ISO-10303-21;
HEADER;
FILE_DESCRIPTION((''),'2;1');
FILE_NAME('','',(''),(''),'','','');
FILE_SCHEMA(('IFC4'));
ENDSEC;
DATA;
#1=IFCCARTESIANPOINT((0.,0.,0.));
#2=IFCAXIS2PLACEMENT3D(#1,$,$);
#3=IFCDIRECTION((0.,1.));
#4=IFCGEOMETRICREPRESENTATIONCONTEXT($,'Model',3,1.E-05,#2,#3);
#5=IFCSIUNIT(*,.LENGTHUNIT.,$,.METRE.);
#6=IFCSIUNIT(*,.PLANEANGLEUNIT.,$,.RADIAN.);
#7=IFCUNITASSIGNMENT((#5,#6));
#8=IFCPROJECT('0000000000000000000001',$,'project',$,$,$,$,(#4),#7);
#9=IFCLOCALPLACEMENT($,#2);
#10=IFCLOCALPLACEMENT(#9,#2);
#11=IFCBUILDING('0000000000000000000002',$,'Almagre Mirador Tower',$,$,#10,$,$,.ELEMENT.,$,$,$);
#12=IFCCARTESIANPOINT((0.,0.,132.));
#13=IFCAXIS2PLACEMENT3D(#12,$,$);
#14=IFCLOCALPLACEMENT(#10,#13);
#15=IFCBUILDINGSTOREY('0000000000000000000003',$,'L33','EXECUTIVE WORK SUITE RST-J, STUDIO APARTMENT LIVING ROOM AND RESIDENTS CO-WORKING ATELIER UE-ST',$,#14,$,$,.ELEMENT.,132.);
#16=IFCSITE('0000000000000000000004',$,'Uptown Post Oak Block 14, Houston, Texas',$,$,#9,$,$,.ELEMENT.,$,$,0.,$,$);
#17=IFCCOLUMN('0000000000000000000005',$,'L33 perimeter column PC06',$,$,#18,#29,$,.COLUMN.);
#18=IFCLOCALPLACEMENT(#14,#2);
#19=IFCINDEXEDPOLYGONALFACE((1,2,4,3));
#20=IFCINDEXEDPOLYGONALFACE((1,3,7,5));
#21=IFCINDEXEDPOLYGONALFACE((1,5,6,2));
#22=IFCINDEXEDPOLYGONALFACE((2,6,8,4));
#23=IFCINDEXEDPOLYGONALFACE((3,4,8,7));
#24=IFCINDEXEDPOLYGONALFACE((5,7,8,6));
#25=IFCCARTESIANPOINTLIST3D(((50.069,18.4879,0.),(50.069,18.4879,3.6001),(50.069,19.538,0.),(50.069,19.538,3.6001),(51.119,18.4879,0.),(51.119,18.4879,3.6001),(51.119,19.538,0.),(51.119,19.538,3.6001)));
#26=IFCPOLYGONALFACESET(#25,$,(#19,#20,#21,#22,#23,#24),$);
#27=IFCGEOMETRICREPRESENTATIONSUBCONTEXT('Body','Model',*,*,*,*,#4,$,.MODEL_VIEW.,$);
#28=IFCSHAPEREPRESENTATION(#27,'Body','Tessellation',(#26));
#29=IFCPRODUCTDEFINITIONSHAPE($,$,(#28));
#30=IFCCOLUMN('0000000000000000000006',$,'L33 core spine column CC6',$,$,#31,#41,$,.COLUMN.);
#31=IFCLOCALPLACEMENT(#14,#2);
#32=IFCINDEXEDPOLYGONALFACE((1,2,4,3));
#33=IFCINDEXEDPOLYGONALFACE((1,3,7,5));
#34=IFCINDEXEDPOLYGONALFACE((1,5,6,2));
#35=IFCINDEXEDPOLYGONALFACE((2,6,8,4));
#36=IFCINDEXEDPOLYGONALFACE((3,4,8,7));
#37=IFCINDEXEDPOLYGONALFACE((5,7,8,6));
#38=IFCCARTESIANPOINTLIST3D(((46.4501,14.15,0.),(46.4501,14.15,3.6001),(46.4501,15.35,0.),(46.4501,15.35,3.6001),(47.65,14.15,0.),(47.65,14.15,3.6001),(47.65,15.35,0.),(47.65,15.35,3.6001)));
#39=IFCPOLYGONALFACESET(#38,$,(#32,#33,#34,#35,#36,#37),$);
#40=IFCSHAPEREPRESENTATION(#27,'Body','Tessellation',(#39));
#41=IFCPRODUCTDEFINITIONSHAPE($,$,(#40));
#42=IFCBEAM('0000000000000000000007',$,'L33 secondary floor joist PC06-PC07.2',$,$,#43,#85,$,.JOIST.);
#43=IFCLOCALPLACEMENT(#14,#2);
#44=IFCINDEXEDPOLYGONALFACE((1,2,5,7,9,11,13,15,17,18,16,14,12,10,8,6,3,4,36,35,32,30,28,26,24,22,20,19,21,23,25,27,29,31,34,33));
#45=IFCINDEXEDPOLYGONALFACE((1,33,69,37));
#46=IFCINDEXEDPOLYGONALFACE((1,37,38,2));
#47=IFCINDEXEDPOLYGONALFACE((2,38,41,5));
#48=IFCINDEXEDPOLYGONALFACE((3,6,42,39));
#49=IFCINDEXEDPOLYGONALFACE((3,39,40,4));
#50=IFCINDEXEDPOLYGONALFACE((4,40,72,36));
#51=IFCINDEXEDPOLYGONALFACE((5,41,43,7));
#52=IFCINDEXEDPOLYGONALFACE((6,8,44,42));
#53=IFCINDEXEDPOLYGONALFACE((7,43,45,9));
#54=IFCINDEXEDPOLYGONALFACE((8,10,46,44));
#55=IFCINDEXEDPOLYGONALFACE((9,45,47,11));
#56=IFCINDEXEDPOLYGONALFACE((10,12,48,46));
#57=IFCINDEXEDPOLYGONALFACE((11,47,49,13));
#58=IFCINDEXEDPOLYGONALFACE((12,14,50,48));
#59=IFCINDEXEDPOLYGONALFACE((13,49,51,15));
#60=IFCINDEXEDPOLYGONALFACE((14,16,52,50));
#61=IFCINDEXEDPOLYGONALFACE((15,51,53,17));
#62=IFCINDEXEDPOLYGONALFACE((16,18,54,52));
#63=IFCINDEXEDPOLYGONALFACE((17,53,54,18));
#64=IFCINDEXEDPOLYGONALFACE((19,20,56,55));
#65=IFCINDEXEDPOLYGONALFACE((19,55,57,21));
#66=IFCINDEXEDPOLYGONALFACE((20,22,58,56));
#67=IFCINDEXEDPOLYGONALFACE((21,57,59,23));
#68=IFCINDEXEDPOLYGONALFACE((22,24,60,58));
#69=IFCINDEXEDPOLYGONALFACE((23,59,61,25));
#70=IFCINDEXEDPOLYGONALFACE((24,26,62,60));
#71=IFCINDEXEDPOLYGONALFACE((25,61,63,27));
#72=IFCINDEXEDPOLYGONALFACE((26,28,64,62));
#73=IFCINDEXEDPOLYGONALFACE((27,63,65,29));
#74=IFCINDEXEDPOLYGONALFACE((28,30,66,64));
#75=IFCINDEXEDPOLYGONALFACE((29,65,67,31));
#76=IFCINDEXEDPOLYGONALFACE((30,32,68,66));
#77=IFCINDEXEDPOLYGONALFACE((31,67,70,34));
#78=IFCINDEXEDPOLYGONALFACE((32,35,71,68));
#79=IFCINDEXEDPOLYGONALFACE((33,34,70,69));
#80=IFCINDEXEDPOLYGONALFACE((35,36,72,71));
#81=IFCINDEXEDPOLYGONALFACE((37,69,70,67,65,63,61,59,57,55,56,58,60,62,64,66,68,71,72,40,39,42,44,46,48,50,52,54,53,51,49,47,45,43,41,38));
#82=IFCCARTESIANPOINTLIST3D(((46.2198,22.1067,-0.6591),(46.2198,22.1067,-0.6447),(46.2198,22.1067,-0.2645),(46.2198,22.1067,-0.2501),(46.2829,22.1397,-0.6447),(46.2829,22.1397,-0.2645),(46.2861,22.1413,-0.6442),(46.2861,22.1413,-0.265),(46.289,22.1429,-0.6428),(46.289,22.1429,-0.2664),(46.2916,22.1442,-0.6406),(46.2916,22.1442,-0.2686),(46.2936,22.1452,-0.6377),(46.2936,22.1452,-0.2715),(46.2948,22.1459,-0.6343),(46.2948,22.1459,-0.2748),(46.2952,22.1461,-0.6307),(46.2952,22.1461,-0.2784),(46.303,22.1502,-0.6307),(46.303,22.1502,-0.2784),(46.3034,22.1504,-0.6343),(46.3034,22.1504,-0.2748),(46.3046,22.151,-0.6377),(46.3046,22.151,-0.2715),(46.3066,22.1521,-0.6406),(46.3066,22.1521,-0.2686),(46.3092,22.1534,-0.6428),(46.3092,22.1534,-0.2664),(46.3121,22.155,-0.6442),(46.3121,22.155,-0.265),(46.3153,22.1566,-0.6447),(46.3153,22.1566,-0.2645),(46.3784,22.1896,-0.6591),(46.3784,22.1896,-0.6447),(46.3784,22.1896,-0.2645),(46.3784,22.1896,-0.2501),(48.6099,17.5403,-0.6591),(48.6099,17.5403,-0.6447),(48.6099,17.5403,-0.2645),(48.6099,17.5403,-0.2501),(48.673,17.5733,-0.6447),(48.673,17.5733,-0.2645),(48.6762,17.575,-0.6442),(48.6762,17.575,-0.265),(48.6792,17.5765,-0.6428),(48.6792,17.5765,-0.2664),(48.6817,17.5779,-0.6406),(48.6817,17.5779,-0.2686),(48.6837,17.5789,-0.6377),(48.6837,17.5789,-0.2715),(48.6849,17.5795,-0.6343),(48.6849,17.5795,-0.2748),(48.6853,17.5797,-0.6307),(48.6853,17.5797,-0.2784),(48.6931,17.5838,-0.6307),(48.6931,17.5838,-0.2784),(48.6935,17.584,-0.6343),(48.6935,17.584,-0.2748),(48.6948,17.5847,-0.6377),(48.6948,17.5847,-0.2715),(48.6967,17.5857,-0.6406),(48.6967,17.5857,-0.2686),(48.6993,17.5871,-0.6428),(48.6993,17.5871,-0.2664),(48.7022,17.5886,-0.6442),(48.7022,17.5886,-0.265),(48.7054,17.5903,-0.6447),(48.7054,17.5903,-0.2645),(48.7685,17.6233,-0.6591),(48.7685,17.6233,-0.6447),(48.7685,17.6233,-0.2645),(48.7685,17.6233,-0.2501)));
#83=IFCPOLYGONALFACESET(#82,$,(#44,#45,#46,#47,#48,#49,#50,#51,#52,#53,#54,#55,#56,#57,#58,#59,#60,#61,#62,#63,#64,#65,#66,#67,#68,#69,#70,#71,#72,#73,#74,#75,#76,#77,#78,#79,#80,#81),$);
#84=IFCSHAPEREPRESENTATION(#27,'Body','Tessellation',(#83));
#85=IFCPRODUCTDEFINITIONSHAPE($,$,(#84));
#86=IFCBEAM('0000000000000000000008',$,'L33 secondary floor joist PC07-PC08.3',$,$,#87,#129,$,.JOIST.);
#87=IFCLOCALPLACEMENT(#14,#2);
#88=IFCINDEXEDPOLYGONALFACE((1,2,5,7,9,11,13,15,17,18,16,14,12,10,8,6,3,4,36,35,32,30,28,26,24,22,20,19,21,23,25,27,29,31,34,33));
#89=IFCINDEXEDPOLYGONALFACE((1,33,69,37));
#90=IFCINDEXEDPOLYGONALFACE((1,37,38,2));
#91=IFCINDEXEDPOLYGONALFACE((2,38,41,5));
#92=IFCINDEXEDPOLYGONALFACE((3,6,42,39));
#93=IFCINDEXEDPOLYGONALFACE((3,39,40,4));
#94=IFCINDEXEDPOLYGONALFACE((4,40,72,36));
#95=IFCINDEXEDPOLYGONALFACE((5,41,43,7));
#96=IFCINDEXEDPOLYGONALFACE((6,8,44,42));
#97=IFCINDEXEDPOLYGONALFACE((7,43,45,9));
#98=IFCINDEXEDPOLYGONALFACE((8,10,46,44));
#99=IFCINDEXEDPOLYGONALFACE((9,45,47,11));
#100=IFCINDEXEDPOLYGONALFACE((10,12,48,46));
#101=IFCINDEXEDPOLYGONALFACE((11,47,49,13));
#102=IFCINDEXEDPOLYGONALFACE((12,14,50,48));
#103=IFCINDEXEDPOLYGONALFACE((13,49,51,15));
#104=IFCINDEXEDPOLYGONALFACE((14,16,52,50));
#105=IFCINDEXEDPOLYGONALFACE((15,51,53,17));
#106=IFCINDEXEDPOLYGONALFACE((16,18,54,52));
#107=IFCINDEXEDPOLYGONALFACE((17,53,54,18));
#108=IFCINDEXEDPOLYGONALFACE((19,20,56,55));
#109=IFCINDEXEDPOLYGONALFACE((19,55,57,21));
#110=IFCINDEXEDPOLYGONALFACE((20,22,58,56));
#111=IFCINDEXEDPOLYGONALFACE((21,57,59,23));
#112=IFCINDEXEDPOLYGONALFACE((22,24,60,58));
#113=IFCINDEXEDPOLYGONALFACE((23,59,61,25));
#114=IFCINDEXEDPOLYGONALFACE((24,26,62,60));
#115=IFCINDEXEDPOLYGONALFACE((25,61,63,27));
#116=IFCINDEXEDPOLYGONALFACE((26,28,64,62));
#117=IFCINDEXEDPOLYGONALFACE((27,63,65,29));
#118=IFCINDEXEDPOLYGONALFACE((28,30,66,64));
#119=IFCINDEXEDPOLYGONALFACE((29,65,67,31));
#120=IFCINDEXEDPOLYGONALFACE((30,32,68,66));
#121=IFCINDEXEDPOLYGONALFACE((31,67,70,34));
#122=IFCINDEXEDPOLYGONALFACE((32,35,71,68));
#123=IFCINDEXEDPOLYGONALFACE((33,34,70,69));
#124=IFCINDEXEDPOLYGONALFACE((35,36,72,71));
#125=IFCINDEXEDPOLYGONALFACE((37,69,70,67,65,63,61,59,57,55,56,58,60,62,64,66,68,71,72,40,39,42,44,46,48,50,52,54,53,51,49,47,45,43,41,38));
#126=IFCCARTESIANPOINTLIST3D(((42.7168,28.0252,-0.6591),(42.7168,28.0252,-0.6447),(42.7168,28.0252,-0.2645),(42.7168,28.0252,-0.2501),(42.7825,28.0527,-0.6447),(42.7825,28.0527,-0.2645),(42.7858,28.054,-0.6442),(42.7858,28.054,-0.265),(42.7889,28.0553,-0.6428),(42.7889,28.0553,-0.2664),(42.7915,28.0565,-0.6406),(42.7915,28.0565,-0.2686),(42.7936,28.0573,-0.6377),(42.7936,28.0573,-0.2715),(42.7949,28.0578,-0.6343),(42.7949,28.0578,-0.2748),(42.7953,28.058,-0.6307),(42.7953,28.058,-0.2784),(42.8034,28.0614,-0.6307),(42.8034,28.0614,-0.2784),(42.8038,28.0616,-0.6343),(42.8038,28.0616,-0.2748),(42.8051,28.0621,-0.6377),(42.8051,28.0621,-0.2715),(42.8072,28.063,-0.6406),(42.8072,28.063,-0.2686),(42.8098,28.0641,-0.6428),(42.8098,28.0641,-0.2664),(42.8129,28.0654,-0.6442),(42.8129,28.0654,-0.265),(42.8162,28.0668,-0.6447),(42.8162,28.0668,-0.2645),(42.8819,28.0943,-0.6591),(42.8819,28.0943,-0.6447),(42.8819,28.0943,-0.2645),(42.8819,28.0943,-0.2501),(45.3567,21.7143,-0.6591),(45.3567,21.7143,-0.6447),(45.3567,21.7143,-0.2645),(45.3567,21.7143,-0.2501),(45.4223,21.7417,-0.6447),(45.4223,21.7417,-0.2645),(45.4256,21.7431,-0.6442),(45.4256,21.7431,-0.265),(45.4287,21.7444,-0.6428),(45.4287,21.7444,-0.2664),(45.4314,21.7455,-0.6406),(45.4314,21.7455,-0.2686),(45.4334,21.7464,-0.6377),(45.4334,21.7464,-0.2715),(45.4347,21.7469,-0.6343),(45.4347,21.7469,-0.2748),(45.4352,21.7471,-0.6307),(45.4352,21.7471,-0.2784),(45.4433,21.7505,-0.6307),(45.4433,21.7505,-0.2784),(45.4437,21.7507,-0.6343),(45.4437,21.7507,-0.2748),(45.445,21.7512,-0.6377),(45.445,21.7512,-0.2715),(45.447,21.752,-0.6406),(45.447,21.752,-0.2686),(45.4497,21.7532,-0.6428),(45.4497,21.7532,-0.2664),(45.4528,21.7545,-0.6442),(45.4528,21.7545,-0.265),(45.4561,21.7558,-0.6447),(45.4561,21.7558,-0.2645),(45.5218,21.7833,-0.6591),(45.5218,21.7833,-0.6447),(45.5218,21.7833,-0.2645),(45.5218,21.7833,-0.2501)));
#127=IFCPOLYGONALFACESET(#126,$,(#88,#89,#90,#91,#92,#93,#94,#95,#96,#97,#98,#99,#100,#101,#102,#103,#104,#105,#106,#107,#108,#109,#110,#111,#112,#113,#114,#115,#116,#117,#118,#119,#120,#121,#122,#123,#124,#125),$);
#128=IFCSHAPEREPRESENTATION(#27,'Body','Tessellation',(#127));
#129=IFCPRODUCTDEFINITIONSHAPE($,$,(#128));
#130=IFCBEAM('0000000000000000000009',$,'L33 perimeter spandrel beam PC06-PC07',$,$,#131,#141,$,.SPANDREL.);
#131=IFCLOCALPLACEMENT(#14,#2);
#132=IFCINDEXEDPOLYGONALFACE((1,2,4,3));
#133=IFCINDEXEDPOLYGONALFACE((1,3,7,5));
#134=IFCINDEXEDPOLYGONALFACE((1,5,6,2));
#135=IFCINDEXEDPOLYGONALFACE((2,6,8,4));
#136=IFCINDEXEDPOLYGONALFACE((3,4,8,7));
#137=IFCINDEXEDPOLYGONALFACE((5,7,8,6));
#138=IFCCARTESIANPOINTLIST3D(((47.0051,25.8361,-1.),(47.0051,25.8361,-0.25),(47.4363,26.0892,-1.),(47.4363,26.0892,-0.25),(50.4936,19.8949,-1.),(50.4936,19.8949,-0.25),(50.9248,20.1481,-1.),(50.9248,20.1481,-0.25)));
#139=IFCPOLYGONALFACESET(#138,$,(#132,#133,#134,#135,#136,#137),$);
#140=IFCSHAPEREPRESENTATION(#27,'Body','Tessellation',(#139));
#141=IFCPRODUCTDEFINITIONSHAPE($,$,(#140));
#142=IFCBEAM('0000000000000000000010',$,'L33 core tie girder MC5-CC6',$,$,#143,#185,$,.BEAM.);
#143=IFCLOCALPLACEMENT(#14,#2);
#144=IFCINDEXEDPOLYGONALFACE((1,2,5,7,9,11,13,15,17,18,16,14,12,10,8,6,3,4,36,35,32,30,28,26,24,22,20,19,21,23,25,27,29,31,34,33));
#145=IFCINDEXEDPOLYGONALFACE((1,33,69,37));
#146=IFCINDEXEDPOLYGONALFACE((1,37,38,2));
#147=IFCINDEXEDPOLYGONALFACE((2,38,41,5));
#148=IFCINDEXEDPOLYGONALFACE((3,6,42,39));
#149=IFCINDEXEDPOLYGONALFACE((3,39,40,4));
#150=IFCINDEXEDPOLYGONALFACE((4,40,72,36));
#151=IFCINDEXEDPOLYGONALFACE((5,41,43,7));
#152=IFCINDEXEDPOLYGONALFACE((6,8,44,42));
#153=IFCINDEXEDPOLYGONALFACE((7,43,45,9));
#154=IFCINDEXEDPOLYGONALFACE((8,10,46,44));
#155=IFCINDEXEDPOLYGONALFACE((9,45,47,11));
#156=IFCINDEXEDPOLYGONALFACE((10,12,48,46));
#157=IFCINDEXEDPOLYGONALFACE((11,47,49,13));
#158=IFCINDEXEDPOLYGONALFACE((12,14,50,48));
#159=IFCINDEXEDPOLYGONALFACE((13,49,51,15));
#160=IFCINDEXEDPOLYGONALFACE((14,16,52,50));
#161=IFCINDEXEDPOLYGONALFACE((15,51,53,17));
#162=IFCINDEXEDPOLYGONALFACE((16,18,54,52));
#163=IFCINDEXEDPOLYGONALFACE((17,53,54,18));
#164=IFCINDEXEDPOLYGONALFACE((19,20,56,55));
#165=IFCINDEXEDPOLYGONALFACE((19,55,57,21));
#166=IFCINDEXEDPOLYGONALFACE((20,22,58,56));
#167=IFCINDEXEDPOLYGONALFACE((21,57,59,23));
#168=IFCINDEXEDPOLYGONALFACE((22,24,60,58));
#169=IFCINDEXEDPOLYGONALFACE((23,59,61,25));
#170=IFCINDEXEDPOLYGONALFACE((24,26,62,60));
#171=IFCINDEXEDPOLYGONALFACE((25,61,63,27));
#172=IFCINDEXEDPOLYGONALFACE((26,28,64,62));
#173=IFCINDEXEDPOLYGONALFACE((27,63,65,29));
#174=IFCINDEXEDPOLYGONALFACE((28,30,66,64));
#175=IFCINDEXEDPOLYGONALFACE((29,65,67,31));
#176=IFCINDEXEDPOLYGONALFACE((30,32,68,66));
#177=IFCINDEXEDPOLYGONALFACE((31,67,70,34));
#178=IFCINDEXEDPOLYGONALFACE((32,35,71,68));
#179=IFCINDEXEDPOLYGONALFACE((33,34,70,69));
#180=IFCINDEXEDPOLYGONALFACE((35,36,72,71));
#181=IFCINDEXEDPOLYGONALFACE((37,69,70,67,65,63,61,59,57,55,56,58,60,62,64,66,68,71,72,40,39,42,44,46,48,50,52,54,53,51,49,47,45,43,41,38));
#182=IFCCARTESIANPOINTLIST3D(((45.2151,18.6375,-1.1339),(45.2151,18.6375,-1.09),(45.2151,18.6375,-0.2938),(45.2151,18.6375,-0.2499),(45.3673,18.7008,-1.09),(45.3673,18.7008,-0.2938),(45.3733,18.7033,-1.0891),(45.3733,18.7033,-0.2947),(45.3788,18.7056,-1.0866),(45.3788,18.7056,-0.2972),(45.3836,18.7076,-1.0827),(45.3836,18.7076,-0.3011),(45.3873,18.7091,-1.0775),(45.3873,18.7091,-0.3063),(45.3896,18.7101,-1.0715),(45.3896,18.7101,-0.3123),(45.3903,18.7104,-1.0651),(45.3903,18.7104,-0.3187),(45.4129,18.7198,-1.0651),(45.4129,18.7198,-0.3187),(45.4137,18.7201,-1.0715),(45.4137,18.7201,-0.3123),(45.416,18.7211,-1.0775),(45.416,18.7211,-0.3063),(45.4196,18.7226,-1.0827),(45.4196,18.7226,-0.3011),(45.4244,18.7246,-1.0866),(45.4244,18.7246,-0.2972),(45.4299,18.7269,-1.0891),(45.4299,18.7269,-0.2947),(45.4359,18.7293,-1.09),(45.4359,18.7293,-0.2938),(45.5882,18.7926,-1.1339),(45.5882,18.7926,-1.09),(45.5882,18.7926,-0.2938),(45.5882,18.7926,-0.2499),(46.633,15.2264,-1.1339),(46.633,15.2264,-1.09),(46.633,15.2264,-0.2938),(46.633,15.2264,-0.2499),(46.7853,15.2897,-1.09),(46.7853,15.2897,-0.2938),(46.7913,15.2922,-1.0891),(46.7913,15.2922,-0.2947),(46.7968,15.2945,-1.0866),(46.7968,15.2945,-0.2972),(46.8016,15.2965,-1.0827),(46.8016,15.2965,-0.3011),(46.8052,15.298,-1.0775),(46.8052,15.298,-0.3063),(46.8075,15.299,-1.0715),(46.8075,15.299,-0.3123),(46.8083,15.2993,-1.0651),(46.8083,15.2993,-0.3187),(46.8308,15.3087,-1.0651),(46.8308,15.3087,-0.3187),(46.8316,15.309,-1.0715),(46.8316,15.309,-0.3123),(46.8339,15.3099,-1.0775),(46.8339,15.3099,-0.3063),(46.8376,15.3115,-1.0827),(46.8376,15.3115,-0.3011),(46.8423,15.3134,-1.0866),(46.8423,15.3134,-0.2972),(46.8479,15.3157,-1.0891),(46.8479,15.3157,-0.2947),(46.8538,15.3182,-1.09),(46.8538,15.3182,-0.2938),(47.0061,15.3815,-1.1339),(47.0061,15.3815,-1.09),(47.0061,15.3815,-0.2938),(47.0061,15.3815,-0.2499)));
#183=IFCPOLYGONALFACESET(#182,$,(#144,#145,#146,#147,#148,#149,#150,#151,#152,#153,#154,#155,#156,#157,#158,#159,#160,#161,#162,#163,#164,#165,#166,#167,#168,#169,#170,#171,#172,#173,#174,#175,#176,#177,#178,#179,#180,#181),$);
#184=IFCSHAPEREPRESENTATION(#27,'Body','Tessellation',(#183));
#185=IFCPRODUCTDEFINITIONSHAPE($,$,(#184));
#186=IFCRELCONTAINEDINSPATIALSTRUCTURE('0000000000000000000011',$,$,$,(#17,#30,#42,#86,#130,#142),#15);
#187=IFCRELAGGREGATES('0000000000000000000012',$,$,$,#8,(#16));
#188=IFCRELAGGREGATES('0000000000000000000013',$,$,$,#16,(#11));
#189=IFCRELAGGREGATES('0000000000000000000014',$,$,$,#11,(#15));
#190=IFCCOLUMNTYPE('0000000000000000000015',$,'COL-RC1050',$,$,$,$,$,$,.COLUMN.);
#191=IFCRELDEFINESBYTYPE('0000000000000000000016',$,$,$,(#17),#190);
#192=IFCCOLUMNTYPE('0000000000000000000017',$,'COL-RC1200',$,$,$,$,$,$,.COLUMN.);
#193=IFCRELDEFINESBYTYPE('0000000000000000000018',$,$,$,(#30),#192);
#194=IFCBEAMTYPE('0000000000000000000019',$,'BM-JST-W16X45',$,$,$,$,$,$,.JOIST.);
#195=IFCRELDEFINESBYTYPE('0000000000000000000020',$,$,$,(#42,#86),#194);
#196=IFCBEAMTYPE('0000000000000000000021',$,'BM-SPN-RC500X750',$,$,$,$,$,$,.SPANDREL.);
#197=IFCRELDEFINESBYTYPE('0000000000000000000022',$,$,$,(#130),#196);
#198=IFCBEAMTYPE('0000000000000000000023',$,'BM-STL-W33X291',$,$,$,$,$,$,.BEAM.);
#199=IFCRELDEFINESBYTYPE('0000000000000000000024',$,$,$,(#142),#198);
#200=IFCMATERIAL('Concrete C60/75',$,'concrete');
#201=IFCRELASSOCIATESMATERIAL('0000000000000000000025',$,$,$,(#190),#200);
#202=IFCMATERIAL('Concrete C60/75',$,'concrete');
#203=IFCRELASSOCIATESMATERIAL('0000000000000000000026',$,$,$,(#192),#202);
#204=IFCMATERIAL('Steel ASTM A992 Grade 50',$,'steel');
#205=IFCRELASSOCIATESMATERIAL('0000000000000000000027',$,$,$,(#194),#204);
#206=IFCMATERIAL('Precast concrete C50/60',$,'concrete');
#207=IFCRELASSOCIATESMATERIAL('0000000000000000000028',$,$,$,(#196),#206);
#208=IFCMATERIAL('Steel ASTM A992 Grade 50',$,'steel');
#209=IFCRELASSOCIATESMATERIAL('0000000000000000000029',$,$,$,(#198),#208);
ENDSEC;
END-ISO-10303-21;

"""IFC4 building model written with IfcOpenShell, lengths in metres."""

from ifc_helpers import new_model, si_unit, direction, frame, origin, origin_2d, place, context, subcontext, project, spatial, rectangle, i_section, extrude, material, material_profile, profile_set, type_object, element, save


model = new_model("IFC4")

# Units and contexts
model_context = context("Model", 3, precision=1e-05, world=origin(), true_north=direction((0.0, 1.0)))
body_context = subcontext(model_context, "Body", "Model", "MODEL_VIEW")
ifc_project = project(units=[si_unit("LENGTHUNIT", "METRE"), si_unit("PLANEANGLEUNIT", "RADIAN")], contexts=[model_context])

# Site, building, storey
site_placement = place(None, origin())
site = spatial("IfcSite", under=ifc_project, at=site_placement, Name="Uptown Post Oak Block 14, Houston, Texas", CompositionType="ELEMENT", RefElevation=0.0)
building_placement = place(site_placement, origin())
building = spatial("IfcBuilding", under=site, at=building_placement, Name="Almagre Mirador Tower", CompositionType="ELEMENT")
storey_placement = place(building_placement, frame((0.0, 0.0, 132.0)))
storey = spatial("IfcBuildingStorey", under=building, at=storey_placement, Name="L33", Description="EXECUTIVE WORK SUITE RST-J, STUDIO APARTMENT LIVING ROOM AND RESIDENTS CO-WORKING ATELIER UE-ST", CompositionType="ELEMENT", Elevation=132.0)

# Columns
ifc_material_1 = material(Name="Concrete C60/75", Category="concrete")
ifc_material_profile_1 = material_profile(ifc_material_1, rectangle(XDim=1.05, YDim=1.05, at=origin_2d()), Name="RC1050X1050")
ifc_profile_set_1 = profile_set([ifc_material_profile_1], Name="Concrete C60/75")
column_type_1 = type_object("IfcColumnType", Name="COL-RC1050", PredefinedType="COLUMN", material=ifc_profile_set_1)
column_1_placement = place(storey_placement, frame((50.594, 19.0129, 0.0), z_axis=(0.0, 0.0, 1.0), x_axis=(1.0, 0.0, 0.0)))
element("IfcColumn", 1, at=column_1_placement, inside=storey, type_object=column_type_1, Name="L33 perimeter column PC06", PredefinedType="COLUMN", context=body_context, shape_type="SweptSolid", body=[
    extrude(rectangle(XDim=1.05, YDim=1.05, at=origin_2d()), origin(), (0.0, 0.0, 1.0), 3.6001),
])
ifc_material_2 = material(Name="Concrete C60/75", Category="concrete")
ifc_material_profile_2 = material_profile(ifc_material_2, rectangle(XDim=1.2, YDim=1.2, at=origin_2d()), Name="RC1200X1200")
ifc_profile_set_2 = profile_set([ifc_material_profile_2], Name="Concrete C60/75")
column_type_2 = type_object("IfcColumnType", Name="COL-RC1200", PredefinedType="COLUMN", material=ifc_profile_set_2)
column_2_placement = place(storey_placement, frame((47.05, 14.75, 0.0), z_axis=(0.0, 0.0, 1.0), x_axis=(1.0, 0.0, 0.0)))
element("IfcColumn", 2, at=column_2_placement, inside=storey, type_object=column_type_2, Name="L33 core spine column CC6", PredefinedType="COLUMN", context=body_context, shape_type="SweptSolid", body=[
    extrude(rectangle(XDim=1.2, YDim=1.2, at=origin_2d()), origin(), (0.0, 0.0, 1.0), 3.6001),
])

# Beams
ifc_material_3 = material(Name="Steel ASTM A992 Grade 50", Category="steel")
ifc_material_profile_3 = material_profile(ifc_material_3, i_section(OverallWidth=0.179, OverallDepth=0.4089, WebThickness=0.0088, FlangeThickness=0.0144, FilletRadius=0.0139, at=origin_2d()), Name="W16X45")
ifc_profile_set_3 = profile_set([ifc_material_profile_3], Name="Steel ASTM A992 Grade 50")
beam_type_1 = type_object("IfcBeamType", Name="BM-JST-W16X45", PredefinedType="JOIST", material=ifc_profile_set_3)
beam_1_placement = place(storey_placement, frame((48.6892, 17.5818, -0.4546), z_axis=(-0.463734, 0.885974, 0.0), x_axis=(-0.885974, -0.463734, 0.0)))
element("IfcBeam", 3, at=beam_1_placement, inside=storey, type_object=beam_type_1, Name="L33 secondary floor joist PC06-PC07.2", PredefinedType="JOIST", context=body_context, shape_type="SweptSolid", body=[
    extrude(i_section(OverallWidth=0.179, OverallDepth=0.4089, WebThickness=0.0088, FlangeThickness=0.0144, FilletRadius=0.0139, at=origin_2d()), origin(), (0.0, 0.0, 1.0), 5.1541),
])
beam_2_placement = place(storey_placement, frame((45.4392, 21.7488, -0.4546), z_axis=(-0.385897, 0.922542, 0.0), x_axis=(-0.922542, -0.385897, 0.0)))
element("IfcBeam", 4, at=beam_2_placement, inside=storey, type_object=beam_type_1, Name="L33 secondary floor joist PC07-PC08.3", PredefinedType="JOIST", context=body_context, shape_type="SweptSolid", body=[
    extrude(i_section(OverallWidth=0.179, OverallDepth=0.4089, WebThickness=0.0088, FlangeThickness=0.0144, FilletRadius=0.0139, at=origin_2d()), origin(), (0.0, 0.0, 1.0), 6.8408),
])
ifc_material_4 = material(Name="Precast concrete C50/60", Category="concrete")
ifc_material_profile_4 = material_profile(ifc_material_4, rectangle(XDim=0.5, YDim=0.75, at=origin_2d()), Name="RC500X750")
ifc_profile_set_4 = profile_set([ifc_material_profile_4], Name="Precast concrete C50/60")
beam_type_2 = type_object("IfcBeamType", Name="BM-SPN-RC500X750", PredefinedType="SPANDREL", material=ifc_profile_set_4)
beam_3_placement = place(storey_placement, frame((50.7092, 20.0215, -0.625), z_axis=(-0.506343, 0.862332, 0.0), x_axis=(-0.862332, -0.506343, 0.0)))
element("IfcBeam", 5, at=beam_3_placement, inside=storey, type_object=beam_type_2, Name="L33 perimeter spandrel beam PC06-PC07", PredefinedType="SPANDREL", context=body_context, shape_type="SweptSolid", body=[
    extrude(rectangle(XDim=0.5, YDim=0.75, at=origin_2d()), origin(), (0.0, 0.0, 1.0), 6.8896),
])
ifc_material_5 = material(Name="Steel ASTM A992 Grade 50", Category="steel")
ifc_material_profile_5 = material_profile(ifc_material_5, i_section(OverallWidth=0.4041, OverallDepth=0.884, WebThickness=0.0244, FlangeThickness=0.0439, FilletRadius=0.0249, at=origin_2d()), Name="W33X291")
ifc_profile_set_5 = profile_set([ifc_material_profile_5], Name="Steel ASTM A992 Grade 50")
beam_type_3 = type_object("IfcBeamType", Name="BM-STL-W33X291", PredefinedType="BEAM", material=ifc_profile_set_5)
beam_4_placement = place(storey_placement, frame((45.4016, 18.7151, -0.6919), z_axis=(0.383846, -0.923397, 0.0), x_axis=(0.923397, 0.383846, 0.0)))
element("IfcBeam", 6, at=beam_4_placement, inside=storey, type_object=beam_type_3, Name="L33 core tie girder MC5-CC6", PredefinedType="BEAM", context=body_context, shape_type="SweptSolid", body=[
    extrude(i_section(OverallWidth=0.4041, OverallDepth=0.884, WebThickness=0.0244, FlangeThickness=0.0439, FilletRadius=0.0249, at=origin_2d()), origin(), (0.0, 0.0, 1.0), 3.6941),
])

save(model, "model.ifc")
